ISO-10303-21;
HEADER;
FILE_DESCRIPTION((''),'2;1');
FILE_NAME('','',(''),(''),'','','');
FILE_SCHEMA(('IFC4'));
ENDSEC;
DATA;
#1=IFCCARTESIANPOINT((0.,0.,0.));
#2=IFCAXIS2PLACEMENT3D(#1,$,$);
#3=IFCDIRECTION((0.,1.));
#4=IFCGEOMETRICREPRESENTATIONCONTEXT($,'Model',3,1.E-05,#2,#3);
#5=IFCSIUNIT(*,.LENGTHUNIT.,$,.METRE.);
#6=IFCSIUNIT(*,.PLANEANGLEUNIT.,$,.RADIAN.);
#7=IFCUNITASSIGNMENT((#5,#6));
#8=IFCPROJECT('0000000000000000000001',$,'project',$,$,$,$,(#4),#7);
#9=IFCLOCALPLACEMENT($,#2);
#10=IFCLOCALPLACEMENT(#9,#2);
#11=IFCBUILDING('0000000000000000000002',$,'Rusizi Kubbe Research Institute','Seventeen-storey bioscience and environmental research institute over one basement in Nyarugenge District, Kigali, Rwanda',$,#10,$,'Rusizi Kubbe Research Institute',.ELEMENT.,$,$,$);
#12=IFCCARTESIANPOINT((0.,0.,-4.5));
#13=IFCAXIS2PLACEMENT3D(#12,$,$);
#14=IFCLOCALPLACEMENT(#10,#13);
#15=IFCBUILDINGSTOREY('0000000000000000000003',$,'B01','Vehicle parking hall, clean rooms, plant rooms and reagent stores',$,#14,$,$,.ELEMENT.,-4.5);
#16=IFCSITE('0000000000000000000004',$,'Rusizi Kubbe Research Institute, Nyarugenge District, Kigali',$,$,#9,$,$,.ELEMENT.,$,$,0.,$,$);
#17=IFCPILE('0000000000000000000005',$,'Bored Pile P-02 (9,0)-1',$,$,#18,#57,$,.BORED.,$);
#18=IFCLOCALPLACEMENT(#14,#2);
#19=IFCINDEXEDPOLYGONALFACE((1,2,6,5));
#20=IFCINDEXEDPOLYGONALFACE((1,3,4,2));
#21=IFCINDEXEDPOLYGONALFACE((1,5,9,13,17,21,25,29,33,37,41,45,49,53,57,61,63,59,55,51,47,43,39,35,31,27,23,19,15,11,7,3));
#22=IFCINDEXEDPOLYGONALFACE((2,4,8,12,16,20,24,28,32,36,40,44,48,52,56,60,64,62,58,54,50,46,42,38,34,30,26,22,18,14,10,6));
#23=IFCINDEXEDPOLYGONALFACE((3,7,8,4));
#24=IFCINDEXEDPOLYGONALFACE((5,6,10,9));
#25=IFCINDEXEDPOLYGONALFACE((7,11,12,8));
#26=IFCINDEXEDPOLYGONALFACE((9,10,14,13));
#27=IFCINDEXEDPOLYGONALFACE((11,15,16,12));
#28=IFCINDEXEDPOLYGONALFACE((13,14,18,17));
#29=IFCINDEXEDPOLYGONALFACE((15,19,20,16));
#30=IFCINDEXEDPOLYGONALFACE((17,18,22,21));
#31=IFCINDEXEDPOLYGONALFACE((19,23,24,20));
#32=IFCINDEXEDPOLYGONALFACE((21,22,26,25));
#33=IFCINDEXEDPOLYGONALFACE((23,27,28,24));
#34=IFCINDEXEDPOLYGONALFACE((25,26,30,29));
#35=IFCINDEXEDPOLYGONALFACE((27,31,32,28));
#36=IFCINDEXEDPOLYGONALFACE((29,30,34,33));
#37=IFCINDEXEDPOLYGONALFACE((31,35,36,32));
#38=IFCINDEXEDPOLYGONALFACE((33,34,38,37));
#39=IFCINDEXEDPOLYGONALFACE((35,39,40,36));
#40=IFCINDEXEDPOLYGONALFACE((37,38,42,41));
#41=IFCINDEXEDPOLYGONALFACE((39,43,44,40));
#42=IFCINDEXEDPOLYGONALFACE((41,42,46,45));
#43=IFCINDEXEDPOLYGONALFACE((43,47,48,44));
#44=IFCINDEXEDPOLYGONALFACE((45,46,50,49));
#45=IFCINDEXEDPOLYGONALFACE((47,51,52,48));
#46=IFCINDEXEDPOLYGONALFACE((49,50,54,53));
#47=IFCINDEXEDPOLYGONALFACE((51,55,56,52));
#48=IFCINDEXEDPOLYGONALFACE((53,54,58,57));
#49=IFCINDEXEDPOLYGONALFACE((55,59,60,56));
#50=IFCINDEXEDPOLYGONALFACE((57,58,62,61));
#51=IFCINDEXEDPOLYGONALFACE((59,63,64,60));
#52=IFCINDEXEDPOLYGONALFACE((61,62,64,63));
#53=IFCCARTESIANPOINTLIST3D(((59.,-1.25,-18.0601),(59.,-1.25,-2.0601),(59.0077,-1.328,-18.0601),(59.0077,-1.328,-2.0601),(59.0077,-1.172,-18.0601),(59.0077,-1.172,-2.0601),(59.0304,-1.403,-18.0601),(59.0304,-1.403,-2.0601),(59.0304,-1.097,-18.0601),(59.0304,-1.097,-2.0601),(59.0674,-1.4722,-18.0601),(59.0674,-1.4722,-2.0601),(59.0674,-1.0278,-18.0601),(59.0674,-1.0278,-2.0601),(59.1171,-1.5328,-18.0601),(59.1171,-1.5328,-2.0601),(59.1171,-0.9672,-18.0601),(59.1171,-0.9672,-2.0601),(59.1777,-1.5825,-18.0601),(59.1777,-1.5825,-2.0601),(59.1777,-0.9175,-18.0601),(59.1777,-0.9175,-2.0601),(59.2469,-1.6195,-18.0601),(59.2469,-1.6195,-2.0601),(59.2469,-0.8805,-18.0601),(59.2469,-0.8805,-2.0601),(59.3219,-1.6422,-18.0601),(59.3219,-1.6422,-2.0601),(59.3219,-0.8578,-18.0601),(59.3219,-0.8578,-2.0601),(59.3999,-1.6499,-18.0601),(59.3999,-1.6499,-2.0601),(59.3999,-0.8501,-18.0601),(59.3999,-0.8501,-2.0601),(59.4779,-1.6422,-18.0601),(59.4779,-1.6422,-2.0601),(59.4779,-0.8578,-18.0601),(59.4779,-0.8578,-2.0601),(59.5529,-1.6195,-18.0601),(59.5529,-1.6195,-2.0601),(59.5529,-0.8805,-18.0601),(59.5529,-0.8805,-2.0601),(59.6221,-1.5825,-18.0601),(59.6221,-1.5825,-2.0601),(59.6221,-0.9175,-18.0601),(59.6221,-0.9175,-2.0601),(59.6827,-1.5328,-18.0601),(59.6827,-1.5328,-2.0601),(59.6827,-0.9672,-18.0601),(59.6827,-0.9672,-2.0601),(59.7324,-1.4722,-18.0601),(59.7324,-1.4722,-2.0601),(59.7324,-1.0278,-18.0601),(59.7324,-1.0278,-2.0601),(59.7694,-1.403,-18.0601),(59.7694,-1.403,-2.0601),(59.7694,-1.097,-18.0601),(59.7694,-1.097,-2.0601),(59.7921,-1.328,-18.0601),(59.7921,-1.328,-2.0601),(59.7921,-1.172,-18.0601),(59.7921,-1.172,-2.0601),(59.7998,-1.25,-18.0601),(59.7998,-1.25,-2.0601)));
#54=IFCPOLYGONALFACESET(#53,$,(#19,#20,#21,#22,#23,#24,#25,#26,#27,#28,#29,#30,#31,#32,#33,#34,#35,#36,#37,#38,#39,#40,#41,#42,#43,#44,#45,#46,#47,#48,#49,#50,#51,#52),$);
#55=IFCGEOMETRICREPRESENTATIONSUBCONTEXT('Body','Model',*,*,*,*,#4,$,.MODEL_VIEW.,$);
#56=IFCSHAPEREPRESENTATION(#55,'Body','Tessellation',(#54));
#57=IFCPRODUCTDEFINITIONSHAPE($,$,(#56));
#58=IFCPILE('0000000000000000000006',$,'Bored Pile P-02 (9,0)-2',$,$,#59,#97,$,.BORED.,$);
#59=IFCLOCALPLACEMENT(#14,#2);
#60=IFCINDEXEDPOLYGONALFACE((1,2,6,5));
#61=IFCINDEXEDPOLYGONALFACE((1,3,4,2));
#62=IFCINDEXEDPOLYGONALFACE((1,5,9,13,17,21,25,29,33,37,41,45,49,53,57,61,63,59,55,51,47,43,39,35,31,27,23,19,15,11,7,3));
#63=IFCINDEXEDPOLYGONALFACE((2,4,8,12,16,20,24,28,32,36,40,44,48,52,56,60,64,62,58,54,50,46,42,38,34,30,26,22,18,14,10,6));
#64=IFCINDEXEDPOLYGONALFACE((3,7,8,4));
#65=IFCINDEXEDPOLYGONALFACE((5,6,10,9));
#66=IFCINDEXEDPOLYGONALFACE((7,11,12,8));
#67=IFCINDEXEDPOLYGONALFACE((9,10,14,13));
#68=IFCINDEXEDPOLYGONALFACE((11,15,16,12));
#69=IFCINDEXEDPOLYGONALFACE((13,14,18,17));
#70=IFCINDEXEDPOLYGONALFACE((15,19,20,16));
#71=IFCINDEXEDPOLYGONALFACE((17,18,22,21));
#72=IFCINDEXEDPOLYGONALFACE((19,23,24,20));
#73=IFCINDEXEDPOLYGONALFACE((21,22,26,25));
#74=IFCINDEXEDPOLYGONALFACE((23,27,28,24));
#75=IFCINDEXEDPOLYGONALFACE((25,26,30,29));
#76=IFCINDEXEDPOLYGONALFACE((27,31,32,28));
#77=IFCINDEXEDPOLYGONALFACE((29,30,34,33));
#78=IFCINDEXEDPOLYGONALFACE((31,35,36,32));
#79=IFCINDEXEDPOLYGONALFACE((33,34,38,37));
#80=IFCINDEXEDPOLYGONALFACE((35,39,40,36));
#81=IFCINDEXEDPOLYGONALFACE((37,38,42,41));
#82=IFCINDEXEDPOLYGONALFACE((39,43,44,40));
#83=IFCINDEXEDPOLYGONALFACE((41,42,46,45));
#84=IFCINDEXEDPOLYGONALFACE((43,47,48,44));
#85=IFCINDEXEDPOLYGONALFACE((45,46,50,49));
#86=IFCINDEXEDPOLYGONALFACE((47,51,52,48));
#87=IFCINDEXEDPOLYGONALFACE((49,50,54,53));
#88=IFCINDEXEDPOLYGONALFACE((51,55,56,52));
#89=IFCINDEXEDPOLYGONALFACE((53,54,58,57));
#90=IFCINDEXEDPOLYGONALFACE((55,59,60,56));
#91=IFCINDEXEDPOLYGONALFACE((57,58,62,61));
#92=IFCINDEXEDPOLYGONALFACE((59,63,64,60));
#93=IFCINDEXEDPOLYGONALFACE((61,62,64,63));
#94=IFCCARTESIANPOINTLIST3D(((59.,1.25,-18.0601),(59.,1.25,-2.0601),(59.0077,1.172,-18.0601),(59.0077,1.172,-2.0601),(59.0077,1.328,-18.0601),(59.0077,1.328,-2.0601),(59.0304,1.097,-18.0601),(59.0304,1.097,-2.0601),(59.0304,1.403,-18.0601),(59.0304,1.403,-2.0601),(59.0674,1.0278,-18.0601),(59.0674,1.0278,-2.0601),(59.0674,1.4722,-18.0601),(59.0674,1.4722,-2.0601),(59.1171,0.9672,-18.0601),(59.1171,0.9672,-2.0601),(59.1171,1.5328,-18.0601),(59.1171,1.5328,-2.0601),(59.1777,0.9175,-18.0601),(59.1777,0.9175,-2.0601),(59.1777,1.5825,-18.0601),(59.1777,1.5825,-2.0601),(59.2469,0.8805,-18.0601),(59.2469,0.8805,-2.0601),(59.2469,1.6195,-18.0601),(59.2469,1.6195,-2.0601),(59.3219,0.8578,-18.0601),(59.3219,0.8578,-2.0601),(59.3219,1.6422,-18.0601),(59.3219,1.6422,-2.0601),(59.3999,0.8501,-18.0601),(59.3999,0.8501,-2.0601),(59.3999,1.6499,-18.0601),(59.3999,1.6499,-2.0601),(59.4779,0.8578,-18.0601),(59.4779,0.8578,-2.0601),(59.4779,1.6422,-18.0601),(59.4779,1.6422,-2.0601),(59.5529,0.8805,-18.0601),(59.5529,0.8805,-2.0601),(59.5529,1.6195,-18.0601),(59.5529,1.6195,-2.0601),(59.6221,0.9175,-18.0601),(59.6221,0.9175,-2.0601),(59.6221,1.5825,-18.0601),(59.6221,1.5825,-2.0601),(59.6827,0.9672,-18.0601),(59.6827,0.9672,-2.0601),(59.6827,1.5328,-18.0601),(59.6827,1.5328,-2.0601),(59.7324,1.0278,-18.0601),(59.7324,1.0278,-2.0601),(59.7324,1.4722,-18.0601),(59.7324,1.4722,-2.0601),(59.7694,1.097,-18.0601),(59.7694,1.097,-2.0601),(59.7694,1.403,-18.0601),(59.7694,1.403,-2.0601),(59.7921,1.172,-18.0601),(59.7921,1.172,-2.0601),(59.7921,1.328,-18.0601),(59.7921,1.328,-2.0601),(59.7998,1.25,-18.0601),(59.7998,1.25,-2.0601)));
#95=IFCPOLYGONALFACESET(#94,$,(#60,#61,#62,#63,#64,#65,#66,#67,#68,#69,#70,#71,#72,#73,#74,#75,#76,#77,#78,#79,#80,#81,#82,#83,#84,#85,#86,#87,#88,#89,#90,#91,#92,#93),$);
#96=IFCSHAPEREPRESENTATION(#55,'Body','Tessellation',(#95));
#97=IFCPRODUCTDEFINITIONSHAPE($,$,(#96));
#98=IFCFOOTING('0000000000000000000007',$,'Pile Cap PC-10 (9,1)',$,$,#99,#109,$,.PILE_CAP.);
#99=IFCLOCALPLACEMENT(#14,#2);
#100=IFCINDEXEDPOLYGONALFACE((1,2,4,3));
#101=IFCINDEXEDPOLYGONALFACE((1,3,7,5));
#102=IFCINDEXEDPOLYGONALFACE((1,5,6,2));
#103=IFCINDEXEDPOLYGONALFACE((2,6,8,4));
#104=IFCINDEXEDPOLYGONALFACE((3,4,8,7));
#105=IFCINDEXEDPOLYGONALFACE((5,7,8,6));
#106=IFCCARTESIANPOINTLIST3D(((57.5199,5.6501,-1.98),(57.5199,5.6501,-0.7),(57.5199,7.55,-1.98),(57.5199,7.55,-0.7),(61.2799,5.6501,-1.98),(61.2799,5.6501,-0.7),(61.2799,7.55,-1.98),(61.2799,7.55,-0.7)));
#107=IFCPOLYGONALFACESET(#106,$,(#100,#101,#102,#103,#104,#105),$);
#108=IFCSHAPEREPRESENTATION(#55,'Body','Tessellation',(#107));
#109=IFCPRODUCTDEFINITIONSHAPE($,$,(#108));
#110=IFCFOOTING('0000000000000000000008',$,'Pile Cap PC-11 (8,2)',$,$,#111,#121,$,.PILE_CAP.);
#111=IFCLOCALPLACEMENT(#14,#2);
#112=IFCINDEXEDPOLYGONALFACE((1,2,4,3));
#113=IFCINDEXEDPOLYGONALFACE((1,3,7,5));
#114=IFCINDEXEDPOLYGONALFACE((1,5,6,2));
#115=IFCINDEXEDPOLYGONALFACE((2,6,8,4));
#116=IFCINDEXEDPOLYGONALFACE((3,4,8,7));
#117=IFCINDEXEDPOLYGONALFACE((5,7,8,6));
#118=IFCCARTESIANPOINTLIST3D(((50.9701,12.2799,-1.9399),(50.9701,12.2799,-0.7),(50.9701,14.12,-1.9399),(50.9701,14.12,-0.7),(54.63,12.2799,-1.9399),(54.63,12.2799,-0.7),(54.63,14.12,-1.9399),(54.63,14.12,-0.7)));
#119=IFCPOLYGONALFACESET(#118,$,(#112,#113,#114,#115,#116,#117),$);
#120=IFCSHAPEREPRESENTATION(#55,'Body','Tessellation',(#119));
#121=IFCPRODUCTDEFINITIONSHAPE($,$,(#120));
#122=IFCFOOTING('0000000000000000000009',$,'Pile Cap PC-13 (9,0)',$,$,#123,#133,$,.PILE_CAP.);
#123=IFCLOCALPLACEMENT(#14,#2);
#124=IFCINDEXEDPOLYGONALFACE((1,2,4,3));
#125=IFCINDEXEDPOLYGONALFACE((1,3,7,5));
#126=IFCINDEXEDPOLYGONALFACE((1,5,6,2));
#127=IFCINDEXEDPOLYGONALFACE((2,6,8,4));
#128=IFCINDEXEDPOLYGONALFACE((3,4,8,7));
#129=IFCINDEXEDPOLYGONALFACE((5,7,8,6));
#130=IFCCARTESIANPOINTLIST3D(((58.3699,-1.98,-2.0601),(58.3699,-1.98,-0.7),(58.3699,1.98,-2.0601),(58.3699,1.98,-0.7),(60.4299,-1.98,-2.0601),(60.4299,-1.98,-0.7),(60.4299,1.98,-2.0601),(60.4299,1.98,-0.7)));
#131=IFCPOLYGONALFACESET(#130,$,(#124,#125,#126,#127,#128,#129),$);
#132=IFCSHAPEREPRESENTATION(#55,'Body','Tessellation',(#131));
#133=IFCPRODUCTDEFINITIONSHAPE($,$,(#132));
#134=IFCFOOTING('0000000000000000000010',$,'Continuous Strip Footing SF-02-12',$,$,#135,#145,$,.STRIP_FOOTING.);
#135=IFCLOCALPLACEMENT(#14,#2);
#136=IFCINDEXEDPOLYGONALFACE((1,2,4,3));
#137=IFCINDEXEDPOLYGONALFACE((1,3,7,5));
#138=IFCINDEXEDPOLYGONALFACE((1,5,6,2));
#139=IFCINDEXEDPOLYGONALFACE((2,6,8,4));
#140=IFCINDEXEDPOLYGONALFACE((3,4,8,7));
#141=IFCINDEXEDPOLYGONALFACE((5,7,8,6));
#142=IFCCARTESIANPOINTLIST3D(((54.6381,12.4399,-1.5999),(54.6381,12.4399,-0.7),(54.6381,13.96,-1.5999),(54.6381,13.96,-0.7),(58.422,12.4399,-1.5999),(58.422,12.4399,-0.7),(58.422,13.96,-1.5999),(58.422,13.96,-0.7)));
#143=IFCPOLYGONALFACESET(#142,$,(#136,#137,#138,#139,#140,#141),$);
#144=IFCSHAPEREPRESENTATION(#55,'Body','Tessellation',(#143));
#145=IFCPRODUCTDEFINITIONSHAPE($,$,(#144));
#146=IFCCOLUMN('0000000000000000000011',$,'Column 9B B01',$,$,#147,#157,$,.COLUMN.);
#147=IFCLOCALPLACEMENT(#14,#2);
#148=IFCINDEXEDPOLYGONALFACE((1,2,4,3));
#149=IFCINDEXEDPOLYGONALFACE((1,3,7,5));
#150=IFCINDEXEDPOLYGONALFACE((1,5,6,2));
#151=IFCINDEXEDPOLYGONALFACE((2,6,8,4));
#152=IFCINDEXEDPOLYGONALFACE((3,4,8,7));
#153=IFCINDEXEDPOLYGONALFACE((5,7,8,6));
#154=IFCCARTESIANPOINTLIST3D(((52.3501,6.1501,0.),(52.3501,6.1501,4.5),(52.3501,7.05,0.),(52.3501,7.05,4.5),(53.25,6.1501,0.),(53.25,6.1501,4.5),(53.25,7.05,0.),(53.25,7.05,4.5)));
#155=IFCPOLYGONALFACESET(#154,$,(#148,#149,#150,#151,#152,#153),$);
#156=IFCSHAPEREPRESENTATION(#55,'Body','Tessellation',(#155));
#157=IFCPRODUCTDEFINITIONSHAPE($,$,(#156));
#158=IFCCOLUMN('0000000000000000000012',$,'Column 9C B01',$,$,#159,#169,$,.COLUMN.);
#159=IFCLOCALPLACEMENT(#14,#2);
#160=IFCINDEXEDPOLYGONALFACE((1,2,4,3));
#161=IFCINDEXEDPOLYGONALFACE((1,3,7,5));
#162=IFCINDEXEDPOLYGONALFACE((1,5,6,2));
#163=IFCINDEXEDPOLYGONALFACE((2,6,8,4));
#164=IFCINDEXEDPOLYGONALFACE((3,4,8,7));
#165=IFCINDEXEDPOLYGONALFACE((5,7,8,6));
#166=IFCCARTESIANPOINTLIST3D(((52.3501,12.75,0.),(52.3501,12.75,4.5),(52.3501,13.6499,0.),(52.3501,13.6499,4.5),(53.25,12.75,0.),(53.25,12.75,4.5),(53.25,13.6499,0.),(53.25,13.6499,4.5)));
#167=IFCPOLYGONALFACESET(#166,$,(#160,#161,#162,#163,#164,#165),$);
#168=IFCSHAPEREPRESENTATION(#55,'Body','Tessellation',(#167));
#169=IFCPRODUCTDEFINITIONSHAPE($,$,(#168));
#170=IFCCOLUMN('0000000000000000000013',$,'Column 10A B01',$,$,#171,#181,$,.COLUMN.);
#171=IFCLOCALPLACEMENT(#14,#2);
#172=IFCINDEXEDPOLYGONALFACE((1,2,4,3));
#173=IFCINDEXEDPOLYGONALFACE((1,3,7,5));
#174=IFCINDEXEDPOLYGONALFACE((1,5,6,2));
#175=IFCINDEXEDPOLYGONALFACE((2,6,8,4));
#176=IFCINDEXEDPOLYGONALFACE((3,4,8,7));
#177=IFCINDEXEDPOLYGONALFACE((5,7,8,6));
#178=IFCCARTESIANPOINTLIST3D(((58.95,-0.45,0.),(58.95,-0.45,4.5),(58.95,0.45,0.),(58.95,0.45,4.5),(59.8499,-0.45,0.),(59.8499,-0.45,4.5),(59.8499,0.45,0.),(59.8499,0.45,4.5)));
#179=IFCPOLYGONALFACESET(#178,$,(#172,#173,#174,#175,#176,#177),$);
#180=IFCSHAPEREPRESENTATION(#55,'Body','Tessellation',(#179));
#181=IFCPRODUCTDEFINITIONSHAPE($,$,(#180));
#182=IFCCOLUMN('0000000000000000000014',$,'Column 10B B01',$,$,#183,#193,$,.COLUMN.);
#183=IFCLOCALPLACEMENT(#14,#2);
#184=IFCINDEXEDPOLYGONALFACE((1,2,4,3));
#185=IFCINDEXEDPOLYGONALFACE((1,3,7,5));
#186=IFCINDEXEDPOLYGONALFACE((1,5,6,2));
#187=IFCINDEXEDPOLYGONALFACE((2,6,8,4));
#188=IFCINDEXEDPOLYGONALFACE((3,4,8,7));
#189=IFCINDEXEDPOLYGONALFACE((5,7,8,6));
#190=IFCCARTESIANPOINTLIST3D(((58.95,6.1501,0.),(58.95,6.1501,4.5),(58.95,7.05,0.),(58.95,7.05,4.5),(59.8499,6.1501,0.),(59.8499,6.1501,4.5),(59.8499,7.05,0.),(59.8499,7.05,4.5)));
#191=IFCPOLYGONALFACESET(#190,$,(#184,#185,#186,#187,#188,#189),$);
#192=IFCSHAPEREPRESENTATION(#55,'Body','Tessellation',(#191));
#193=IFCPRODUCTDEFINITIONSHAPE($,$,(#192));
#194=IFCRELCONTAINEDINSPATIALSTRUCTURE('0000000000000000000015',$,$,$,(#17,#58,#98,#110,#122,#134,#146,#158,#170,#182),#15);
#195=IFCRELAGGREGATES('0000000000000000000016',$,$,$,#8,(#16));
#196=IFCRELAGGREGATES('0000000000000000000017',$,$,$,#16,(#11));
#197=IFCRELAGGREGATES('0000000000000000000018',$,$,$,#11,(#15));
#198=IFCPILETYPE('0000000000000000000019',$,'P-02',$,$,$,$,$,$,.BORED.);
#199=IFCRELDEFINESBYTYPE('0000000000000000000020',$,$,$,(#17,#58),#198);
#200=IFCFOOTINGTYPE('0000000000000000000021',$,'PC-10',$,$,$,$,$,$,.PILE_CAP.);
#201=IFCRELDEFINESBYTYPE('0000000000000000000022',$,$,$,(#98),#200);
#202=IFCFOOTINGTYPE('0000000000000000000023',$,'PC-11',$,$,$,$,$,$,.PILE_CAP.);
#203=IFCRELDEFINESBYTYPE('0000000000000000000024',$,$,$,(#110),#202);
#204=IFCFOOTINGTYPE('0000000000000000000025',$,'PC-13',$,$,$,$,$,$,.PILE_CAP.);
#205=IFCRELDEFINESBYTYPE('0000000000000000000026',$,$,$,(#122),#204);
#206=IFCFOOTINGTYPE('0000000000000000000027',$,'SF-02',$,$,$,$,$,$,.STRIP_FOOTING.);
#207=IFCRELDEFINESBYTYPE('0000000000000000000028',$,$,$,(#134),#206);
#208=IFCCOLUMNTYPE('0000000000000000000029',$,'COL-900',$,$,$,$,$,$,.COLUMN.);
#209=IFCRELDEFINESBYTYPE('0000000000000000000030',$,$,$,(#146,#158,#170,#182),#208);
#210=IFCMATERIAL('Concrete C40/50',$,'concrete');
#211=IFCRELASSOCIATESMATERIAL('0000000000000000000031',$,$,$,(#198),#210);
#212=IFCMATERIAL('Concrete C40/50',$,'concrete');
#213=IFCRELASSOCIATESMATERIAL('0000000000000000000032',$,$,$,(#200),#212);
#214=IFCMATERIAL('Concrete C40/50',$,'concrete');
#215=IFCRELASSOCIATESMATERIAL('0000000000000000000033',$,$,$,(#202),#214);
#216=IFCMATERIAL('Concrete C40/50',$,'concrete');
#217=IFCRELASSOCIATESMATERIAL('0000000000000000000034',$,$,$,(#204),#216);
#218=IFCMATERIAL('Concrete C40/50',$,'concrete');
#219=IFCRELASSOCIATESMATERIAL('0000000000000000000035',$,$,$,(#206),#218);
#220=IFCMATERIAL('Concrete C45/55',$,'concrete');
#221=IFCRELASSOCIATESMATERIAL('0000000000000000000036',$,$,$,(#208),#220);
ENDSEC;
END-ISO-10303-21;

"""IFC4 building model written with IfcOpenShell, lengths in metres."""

from ifc_helpers import new_model, si_unit, direction, frame, origin, origin_2d, place, context, subcontext, project, spatial, rectangle, circle, extrude, material, material_profile, profile_set, type_object, element, save


model = new_model("IFC4")

# Units and contexts
model_context = context("Model", 3, precision=1e-05, world=origin(), true_north=direction((0.0, 1.0)))
body_context = subcontext(model_context, "Body", "Model", "MODEL_VIEW")
ifc_project = project(units=[si_unit("LENGTHUNIT", "METRE"), si_unit("PLANEANGLEUNIT", "RADIAN")], contexts=[model_context])

# Site, building, storey
site_placement = place(None, origin())
site = spatial("IfcSite", under=ifc_project, at=site_placement, Name="Rusizi Kubbe Research Institute, Nyarugenge District, Kigali", CompositionType="ELEMENT", RefElevation=0.0)
building_placement = place(site_placement, origin())
building = spatial("IfcBuilding", under=site, at=building_placement, Name="Rusizi Kubbe Research Institute", Description="Seventeen-storey bioscience and environmental research institute over one basement in Nyarugenge District, Kigali, Rwanda", LongName="Rusizi Kubbe Research Institute", CompositionType="ELEMENT")
storey_placement = place(building_placement, frame((0.0, 0.0, -4.5)))
storey = spatial("IfcBuildingStorey", under=building, at=storey_placement, Name="B01", Description="Vehicle parking hall, clean rooms, plant rooms and reagent stores", CompositionType="ELEMENT", Elevation=-4.5)

# Piles
ifc_material_1 = material(Name="Concrete C40/50", Category="concrete")
ifc_material_profile_1 = material_profile(ifc_material_1, circle(Radius=0.3999, at=origin_2d()), Name="PILE-D800")
ifc_profile_set_1 = profile_set([ifc_material_profile_1], Name="Concrete C40/50")
pile_type_1 = type_object("IfcPileType", Name="P-02", PredefinedType="BORED", material=ifc_profile_set_1)
for number, where, z_axis, x_axis, name in (
    (1, (59.3999, -1.25, -2.0601), (0.0, 0.0, -1.0), (1.0, 0.0, 0.0), "Bored Pile P-02 (9,0)-1"),
    (2, (59.3999, 1.25, -2.0601), (0.0, 0.0, -1.0), (1.0, 0.0, 0.0), "Bored Pile P-02 (9,0)-2"),
):
    element("IfcPile", number, at=place(storey_placement, frame(where, z_axis=z_axis, x_axis=x_axis)), inside=storey, type_object=pile_type_1, Name=name, PredefinedType="BORED", context=body_context, shape_type="SweptSolid", body=[
        extrude(circle(Radius=0.3999, at=origin_2d()), origin(), (0.0, 0.0, 1.0), 16.0),
    ])

# Footings
ifc_material_2 = material(Name="Concrete C40/50", Category="concrete")
footing_type_1 = type_object("IfcFootingType", Name="PC-10", PredefinedType="PILE_CAP", material=ifc_material_2)
footing_1_placement = place(storey_placement, frame((59.3999, 6.6001, -1.98), z_axis=(0.0, 0.0, 1.0), x_axis=(1.0, 0.0, 0.0)))
element("IfcFooting", 3, at=footing_1_placement, inside=storey, type_object=footing_type_1, Name="Pile Cap PC-10 (9,1)", PredefinedType="PILE_CAP", context=body_context, shape_type="SweptSolid", body=[
    extrude(rectangle(XDim=3.76, YDim=1.8999, at=origin_2d()), origin(), (0.0, 0.0, 1.0), 1.28),
])
ifc_material_3 = material(Name="Concrete C40/50", Category="concrete")
footing_type_2 = type_object("IfcFootingType", Name="PC-11", PredefinedType="PILE_CAP", material=ifc_material_3)
footing_2_placement = place(storey_placement, frame((52.8, 13.2, -1.9399), z_axis=(0.0, 0.0, 1.0), x_axis=(1.0, 0.0, 0.0)))
element("IfcFooting", 4, at=footing_2_placement, inside=storey, type_object=footing_type_2, Name="Pile Cap PC-11 (8,2)", PredefinedType="PILE_CAP", context=body_context, shape_type="SweptSolid", body=[
    extrude(rectangle(XDim=3.6599, YDim=1.8401, at=origin_2d()), origin(), (0.0, 0.0, 1.0), 1.24),
])
ifc_material_4 = material(Name="Concrete C40/50", Category="concrete")
footing_type_3 = type_object("IfcFootingType", Name="PC-13", PredefinedType="PILE_CAP", material=ifc_material_4)
footing_3_placement = place(storey_placement, frame((59.3999, 0.0, -2.0601), z_axis=(0.0, 0.0, 1.0), x_axis=(1.0, 0.0, 0.0)))
element("IfcFooting", 5, at=footing_3_placement, inside=storey, type_object=footing_type_3, Name="Pile Cap PC-13 (9,0)", PredefinedType="PILE_CAP", context=body_context, shape_type="SweptSolid", body=[
    extrude(rectangle(XDim=2.0601, YDim=3.96, at=origin_2d()), origin(), (0.0, 0.0, 1.0), 1.3601),
])
ifc_material_5 = material(Name="Concrete C40/50", Category="concrete")
footing_type_4 = type_object("IfcFootingType", Name="SF-02", PredefinedType="STRIP_FOOTING", material=ifc_material_5)
footing_4_placement = place(storey_placement, frame((56.53, 13.2, -1.5999), z_axis=(0.0, 0.0, 1.0), x_axis=(1.0, 0.0, 0.0)))
element("IfcFooting", 6, at=footing_4_placement, inside=storey, type_object=footing_type_4, Name="Continuous Strip Footing SF-02-12", PredefinedType="STRIP_FOOTING", context=body_context, shape_type="SweptSolid", body=[
    extrude(rectangle(XDim=3.7839, YDim=1.52, at=origin_2d()), origin(), (0.0, 0.0, 1.0), 0.8999),
])

# Columns
ifc_material_6 = material(Name="Concrete C45/55", Category="concrete")
ifc_material_profile_2 = material_profile(ifc_material_6, rectangle(XDim=0.8999, YDim=0.8999, at=origin_2d()), Name="RC900x900")
ifc_profile_set_2 = profile_set([ifc_material_profile_2], Name="Concrete C45/55")
column_type = type_object("IfcColumnType", Name="COL-900", PredefinedType="COLUMN", material=ifc_profile_set_2)
for number, where, z_axis, x_axis, name in (
    (7, (52.8, 6.6001, 0.0), (0.0, 0.0, 1.0), (1.0, 0.0, 0.0), "Column 9B B01"),
    (8, (52.8, 13.2, 0.0), (0.0, 0.0, 1.0), (1.0, 0.0, 0.0), "Column 9C B01"),
    (9, (59.3999, 0.0, 0.0), (0.0, 0.0, 1.0), (1.0, 0.0, 0.0), "Column 10A B01"),
    (10, (59.3999, 6.6001, 0.0), (0.0, 0.0, 1.0), (1.0, 0.0, 0.0), "Column 10B B01"),
):
    element("IfcColumn", number, at=place(storey_placement, frame(where, z_axis=z_axis, x_axis=x_axis)), inside=storey, type_object=column_type, Name=name, PredefinedType="COLUMN", context=body_context, shape_type="SweptSolid", body=[
        extrude(rectangle(XDim=0.8999, YDim=0.8999, at=origin_2d()), origin(), (0.0, 0.0, 1.0), 4.5),
    ])

save(model, "model.ifc")
